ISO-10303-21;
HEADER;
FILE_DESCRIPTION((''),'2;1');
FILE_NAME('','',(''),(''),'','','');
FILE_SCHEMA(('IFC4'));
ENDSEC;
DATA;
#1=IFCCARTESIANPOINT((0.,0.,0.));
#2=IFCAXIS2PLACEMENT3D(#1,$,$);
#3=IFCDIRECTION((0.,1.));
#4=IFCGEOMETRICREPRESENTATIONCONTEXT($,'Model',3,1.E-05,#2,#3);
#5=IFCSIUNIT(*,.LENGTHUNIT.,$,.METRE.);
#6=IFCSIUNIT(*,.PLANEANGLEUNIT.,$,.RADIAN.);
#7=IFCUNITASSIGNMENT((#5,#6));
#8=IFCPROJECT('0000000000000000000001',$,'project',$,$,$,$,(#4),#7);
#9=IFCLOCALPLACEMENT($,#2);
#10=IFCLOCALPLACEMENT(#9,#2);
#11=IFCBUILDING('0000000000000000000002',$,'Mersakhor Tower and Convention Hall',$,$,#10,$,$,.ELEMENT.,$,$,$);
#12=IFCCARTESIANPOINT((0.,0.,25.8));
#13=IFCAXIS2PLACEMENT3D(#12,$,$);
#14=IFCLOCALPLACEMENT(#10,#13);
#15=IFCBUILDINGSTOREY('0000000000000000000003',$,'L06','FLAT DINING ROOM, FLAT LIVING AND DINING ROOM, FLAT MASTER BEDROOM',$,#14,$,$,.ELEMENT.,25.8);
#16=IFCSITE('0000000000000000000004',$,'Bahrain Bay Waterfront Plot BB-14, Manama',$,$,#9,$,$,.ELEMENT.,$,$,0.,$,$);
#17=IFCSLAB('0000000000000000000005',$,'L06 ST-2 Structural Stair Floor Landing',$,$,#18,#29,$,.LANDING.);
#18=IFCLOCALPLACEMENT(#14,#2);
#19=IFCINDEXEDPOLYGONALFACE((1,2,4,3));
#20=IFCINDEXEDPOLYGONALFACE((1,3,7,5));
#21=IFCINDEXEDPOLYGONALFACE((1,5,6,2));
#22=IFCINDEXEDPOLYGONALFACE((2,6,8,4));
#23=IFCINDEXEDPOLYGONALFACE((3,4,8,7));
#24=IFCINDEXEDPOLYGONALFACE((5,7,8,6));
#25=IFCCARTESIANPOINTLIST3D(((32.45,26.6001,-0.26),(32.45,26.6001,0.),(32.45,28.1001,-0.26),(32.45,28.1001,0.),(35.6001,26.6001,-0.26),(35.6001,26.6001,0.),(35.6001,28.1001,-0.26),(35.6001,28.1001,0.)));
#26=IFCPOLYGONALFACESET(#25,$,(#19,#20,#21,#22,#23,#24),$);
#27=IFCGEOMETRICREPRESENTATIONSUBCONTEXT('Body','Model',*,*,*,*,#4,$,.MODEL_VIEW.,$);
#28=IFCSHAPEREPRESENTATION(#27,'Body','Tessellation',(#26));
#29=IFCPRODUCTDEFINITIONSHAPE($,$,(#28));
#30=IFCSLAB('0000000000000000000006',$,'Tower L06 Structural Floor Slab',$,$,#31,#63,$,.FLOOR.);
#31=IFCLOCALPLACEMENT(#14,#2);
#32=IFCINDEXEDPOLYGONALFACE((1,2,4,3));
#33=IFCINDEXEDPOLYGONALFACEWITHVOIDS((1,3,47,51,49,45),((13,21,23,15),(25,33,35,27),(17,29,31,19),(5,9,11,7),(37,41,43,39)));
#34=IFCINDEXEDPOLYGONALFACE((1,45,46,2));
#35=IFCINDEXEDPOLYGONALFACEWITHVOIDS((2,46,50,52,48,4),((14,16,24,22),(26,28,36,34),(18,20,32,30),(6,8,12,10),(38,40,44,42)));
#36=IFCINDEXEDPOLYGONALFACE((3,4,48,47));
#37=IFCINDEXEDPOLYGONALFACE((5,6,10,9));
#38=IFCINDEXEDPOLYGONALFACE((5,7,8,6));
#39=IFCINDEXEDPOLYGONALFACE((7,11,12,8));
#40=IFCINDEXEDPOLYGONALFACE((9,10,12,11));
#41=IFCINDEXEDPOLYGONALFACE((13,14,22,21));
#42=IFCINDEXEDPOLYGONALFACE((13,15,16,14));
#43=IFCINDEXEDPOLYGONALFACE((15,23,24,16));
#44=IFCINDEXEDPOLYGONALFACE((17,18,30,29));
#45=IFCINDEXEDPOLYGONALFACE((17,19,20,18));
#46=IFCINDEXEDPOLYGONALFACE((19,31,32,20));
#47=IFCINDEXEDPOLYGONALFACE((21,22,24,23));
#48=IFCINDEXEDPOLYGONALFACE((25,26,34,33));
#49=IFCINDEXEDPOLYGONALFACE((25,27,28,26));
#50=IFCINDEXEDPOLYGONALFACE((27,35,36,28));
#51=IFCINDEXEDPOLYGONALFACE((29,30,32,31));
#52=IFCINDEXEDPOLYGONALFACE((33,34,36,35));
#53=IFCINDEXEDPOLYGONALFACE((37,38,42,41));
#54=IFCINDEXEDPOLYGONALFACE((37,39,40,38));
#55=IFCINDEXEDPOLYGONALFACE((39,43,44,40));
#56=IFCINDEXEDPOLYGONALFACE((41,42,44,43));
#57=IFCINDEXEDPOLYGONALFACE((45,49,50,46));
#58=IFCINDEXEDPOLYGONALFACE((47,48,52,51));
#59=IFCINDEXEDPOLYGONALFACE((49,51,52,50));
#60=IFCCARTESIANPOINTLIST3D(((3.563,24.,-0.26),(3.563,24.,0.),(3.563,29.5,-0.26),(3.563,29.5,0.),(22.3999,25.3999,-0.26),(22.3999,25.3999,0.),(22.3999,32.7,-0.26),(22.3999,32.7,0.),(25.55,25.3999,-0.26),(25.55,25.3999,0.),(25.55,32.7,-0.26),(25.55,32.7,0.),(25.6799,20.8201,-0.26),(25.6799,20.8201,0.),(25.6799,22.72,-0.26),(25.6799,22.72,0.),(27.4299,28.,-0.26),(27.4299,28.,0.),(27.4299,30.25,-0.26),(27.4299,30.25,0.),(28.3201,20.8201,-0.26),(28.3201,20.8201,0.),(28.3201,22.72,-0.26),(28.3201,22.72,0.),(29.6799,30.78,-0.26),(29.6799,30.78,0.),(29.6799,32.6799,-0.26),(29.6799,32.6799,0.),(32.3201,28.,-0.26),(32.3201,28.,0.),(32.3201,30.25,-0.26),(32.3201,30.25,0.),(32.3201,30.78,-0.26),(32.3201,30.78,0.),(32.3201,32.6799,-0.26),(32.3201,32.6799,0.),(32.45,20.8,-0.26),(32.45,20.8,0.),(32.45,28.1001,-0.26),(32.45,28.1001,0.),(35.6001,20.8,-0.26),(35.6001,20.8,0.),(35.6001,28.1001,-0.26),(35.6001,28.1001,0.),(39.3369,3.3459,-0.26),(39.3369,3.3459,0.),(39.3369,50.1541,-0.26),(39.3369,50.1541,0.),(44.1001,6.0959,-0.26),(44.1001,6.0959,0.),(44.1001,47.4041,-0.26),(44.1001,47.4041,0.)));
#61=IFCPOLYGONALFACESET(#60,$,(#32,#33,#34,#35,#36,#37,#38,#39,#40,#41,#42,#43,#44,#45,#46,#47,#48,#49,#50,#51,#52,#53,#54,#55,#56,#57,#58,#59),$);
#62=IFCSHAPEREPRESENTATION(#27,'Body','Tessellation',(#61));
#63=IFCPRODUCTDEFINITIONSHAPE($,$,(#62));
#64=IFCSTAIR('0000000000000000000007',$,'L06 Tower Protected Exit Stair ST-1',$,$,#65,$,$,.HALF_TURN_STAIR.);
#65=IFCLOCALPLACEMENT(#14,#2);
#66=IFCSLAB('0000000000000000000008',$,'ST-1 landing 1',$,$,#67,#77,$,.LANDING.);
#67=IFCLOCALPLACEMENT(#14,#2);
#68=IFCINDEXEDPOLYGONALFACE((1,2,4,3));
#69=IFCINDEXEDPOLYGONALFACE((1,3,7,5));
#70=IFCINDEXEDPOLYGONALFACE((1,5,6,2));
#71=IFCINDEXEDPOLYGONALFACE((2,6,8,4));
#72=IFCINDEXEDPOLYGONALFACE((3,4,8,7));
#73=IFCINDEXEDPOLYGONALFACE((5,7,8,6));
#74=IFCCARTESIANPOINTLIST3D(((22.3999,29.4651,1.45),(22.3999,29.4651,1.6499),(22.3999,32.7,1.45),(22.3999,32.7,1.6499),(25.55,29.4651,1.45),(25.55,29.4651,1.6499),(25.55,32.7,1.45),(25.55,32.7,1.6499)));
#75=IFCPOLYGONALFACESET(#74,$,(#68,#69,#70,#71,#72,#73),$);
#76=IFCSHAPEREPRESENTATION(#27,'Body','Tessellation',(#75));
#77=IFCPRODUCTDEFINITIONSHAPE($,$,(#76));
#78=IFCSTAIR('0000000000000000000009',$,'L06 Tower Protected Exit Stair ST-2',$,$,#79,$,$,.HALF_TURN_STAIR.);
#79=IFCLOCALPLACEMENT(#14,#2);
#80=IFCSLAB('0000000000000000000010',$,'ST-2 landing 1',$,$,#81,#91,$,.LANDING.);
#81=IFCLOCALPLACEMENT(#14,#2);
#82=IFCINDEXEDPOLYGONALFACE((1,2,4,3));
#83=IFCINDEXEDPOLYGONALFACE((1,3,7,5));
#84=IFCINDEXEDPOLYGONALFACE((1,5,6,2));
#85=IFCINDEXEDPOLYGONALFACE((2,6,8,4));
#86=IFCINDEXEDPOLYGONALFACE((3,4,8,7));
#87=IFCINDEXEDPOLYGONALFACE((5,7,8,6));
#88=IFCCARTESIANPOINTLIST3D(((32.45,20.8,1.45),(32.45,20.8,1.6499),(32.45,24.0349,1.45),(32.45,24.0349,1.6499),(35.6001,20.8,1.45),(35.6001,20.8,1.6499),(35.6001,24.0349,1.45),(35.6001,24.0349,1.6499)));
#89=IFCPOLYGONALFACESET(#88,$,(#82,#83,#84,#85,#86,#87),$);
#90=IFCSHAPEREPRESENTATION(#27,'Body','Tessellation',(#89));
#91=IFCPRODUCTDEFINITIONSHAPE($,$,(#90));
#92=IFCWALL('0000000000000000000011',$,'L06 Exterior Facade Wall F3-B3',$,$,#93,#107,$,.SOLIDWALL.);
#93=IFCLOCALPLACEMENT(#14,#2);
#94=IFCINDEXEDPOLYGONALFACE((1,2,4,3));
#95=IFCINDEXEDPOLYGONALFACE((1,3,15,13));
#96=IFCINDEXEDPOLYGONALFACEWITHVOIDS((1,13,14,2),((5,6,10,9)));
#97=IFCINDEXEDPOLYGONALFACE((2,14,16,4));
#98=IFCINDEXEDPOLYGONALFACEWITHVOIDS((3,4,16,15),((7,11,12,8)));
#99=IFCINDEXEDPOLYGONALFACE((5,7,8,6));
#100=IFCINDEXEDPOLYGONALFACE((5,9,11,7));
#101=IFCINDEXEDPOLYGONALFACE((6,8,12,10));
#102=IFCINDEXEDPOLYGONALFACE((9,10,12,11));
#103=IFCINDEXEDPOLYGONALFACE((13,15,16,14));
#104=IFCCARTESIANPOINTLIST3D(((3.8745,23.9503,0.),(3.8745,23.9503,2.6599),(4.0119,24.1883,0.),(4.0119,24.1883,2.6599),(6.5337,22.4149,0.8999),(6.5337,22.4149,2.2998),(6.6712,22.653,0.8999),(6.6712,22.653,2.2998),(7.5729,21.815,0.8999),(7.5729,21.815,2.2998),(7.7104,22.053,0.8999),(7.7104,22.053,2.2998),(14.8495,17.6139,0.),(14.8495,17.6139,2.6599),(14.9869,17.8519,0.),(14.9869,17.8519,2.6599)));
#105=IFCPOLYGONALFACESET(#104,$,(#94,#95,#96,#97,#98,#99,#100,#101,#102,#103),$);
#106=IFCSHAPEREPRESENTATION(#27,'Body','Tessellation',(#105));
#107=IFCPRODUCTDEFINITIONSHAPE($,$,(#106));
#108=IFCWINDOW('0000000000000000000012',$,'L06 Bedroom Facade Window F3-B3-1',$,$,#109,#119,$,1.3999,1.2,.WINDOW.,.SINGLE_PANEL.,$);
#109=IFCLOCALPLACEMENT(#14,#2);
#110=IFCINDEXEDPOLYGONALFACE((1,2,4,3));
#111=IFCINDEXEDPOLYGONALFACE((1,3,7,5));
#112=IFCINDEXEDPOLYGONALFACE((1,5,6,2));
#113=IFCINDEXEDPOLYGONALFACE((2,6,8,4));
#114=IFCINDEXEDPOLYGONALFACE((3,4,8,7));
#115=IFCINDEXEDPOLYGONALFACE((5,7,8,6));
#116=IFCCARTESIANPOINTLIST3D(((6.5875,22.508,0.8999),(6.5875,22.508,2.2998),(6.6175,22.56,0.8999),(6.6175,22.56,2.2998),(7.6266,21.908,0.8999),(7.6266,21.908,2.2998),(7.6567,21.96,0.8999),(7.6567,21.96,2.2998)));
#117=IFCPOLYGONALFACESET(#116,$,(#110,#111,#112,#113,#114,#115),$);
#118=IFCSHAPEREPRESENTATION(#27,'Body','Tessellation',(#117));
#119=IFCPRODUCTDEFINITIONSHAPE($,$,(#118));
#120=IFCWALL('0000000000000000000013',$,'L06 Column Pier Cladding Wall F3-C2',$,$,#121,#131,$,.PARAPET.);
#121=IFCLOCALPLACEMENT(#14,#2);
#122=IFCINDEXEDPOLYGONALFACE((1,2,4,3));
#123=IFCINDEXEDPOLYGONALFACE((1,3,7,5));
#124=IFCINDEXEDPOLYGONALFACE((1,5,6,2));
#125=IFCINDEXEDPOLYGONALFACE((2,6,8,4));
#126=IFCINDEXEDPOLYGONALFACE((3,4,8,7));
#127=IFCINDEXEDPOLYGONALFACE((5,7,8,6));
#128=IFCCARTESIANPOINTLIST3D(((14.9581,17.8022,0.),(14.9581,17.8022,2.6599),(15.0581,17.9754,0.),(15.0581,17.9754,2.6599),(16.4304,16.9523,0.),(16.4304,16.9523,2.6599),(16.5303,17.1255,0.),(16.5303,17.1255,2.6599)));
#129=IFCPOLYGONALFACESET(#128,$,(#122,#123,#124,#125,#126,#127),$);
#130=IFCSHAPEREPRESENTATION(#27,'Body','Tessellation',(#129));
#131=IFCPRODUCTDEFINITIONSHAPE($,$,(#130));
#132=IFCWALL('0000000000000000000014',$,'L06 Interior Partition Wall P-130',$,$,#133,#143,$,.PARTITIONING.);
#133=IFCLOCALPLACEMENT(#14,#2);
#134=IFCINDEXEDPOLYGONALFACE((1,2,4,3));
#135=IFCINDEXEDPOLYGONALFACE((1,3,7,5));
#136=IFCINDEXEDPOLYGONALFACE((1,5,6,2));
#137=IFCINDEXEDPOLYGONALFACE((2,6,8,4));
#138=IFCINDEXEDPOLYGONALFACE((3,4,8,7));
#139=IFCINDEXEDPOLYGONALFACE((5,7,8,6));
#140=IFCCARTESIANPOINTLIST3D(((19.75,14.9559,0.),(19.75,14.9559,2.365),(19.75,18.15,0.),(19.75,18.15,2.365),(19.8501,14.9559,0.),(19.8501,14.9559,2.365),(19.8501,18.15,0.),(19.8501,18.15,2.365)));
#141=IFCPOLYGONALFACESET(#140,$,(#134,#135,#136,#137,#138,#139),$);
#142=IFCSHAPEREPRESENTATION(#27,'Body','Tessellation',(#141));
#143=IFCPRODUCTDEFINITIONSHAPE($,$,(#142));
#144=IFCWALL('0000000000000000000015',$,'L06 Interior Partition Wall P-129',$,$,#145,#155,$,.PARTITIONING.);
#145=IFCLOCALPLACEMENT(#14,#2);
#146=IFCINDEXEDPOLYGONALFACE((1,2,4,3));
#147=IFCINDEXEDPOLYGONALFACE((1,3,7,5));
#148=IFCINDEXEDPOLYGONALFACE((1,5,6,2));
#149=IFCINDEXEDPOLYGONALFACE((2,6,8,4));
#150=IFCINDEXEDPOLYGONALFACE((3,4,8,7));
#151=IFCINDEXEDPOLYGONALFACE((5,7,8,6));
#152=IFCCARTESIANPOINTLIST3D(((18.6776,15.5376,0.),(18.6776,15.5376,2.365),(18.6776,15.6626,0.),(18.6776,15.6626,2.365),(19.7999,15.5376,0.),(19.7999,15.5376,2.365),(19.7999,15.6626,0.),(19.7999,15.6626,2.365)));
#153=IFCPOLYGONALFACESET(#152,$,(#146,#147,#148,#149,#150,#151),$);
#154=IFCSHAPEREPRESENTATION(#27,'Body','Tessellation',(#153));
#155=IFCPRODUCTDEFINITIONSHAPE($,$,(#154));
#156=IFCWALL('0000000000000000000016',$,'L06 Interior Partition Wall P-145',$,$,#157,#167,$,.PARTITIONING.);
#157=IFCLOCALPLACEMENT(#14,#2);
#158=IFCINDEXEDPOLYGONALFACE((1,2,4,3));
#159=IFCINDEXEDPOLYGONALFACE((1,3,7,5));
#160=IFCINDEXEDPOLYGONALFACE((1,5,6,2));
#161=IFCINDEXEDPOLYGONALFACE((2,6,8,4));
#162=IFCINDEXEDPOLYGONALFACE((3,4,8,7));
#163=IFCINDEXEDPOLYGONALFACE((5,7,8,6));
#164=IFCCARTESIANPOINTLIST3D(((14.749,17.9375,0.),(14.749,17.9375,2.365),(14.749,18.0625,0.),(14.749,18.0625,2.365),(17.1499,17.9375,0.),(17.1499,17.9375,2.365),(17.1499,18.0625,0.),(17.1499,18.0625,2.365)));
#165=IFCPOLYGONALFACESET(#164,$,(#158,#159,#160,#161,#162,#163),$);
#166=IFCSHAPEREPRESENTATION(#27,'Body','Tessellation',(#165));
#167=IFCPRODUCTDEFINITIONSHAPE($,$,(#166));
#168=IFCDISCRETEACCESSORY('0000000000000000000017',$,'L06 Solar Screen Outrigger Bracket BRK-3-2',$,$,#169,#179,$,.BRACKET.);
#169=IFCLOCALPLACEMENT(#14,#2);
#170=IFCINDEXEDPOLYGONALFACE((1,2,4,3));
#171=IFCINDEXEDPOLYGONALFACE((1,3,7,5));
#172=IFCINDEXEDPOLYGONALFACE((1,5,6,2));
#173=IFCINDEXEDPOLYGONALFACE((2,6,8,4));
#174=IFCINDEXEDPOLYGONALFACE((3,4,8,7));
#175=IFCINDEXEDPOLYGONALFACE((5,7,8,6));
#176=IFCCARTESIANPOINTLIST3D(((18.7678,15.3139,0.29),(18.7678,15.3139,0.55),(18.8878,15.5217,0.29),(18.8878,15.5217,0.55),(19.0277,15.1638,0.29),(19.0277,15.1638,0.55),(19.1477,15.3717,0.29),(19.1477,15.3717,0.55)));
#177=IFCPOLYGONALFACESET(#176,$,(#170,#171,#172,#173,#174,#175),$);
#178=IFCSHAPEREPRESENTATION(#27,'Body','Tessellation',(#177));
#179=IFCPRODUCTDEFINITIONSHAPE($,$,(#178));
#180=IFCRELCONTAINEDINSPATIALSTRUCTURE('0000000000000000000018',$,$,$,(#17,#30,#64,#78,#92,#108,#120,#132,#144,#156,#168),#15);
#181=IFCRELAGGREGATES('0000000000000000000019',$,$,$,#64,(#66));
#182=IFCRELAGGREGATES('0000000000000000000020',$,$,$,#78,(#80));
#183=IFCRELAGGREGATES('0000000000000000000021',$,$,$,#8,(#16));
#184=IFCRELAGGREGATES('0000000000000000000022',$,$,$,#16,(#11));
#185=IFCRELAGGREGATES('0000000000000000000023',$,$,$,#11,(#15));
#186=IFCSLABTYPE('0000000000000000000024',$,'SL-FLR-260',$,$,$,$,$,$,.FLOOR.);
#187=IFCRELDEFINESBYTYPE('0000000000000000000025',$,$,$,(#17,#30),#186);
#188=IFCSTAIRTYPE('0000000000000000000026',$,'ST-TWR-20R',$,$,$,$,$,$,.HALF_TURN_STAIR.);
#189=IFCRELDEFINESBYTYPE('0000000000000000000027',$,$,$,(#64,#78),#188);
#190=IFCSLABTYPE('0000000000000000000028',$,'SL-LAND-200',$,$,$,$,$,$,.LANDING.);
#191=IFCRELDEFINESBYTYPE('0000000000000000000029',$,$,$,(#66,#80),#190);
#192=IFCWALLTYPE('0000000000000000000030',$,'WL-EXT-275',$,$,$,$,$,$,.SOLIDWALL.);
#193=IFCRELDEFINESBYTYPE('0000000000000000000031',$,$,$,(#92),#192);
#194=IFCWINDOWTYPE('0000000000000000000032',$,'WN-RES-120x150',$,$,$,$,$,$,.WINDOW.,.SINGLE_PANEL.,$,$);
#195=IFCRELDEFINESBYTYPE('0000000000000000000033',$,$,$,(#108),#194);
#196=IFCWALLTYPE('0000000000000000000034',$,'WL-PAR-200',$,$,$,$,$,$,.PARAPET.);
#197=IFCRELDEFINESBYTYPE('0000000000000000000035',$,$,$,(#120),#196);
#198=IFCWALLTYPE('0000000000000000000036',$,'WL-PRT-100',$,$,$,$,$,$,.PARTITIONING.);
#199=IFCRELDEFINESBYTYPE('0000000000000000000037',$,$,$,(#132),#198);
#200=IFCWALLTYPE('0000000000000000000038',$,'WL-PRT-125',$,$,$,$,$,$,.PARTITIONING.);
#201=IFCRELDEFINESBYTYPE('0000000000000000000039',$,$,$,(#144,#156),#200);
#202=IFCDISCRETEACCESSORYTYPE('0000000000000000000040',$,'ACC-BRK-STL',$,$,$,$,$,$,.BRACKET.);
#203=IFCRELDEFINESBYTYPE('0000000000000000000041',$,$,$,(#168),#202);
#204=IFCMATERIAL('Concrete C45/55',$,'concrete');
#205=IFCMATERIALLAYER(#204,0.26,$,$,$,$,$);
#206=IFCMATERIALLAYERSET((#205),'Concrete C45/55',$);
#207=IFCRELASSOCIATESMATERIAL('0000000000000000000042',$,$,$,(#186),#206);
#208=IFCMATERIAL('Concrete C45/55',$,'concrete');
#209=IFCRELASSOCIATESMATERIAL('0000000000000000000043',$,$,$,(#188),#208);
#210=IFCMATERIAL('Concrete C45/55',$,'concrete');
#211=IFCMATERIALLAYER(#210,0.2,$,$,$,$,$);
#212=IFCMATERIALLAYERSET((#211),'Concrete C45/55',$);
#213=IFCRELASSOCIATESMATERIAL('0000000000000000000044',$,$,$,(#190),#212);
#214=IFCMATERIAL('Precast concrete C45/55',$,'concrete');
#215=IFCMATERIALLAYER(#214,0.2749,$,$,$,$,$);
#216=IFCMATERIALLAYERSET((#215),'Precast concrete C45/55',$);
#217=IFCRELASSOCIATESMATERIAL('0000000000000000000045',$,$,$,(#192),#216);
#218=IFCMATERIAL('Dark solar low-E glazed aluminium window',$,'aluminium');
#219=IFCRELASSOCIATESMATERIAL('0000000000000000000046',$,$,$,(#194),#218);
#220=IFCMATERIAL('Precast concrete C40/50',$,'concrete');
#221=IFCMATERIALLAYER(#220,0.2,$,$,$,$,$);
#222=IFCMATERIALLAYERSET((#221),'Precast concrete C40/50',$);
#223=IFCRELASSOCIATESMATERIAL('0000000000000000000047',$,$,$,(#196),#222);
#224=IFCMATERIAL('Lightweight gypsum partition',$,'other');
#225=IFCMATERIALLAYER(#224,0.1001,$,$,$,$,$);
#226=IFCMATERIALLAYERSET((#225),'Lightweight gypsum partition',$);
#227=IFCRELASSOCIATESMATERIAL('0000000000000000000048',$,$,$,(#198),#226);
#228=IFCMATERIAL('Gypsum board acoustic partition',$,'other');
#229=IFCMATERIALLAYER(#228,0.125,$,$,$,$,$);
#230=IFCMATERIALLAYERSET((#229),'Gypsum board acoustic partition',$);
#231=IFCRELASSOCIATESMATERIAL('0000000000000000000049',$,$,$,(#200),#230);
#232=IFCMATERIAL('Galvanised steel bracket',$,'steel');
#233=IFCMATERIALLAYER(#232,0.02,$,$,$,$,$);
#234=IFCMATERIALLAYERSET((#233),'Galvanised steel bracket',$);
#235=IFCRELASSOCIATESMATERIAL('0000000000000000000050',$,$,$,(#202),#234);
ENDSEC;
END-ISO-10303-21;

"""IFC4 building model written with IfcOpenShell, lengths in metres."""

from ifc_helpers import new_model, si_unit, direction, frame, frame_2d, origin, origin_2d, place, context, subcontext, project, spatial, polyline, rectangle, outline, extrude, material, layer, layer_set, type_object, element, fill, aggregate, save


model = new_model("IFC4")

# Units and contexts
model_context = context("Model", 3, precision=1e-05, world=origin(), true_north=direction((0.0, 1.0)))
body_context = subcontext(model_context, "Body", "Model", "MODEL_VIEW")
ifc_project = project(units=[si_unit("LENGTHUNIT", "METRE"), si_unit("PLANEANGLEUNIT", "RADIAN")], contexts=[model_context])

# Site, building, storey
site_placement = place(None, origin())
site = spatial("IfcSite", under=ifc_project, at=site_placement, Name="Bahrain Bay Waterfront Plot BB-14, Manama", CompositionType="ELEMENT", RefElevation=0.0)
building_placement = place(site_placement, origin())
building = spatial("IfcBuilding", under=site, at=building_placement, Name="Mersakhor Tower and Convention Hall", CompositionType="ELEMENT")
storey_placement = place(building_placement, frame((0.0, 0.0, 25.8)))
storey = spatial("IfcBuildingStorey", under=building, at=storey_placement, Name="L06", Description="FLAT DINING ROOM, FLAT LIVING AND DINING ROOM, FLAT MASTER BEDROOM", CompositionType="ELEMENT", Elevation=25.8)

# Slabs
ifc_material_1 = material(Name="Concrete C45/55", Category="concrete")
ifc_layer_1 = layer(ifc_material_1, 0.26)
ifc_layer_set_1 = layer_set([ifc_layer_1], Name="Concrete C45/55")
slab_type_1 = type_object("IfcSlabType", Name="SL-FLR-260", PredefinedType="FLOOR", material=ifc_layer_set_1)
slab_1_placement = place(storey_placement, frame((0.0, 0.0, -0.26)))
element("IfcSlab", 1, at=slab_1_placement, inside=storey, type_object=slab_type_1, Name="L06 ST-2 Structural Stair Floor Landing", PredefinedType="LANDING", context=body_context, shape_type="SweptSolid", body=[
    extrude(outline(polyline([(32.45, 28.1001), (32.45, 26.6001), (35.6001, 26.6001), (35.6001, 28.1001), (32.45, 28.1001)])), origin(), (0.0, 0.0, 1.0), 0.26),
])
slab_2_placement = place(storey_placement, frame((0.0, 0.0, -0.26)))
element("IfcSlab", 2, at=slab_2_placement, inside=storey, type_object=slab_type_1, Name="Tower L06 Structural Floor Slab", PredefinedType="FLOOR", context=body_context, shape_type="SweptSolid", body=[
    extrude(outline(polyline([(3.563, 29.5), (39.3369, 50.1541), (44.1001, 47.4041), (44.1001, 6.0959), (39.3369, 3.3459), (3.563, 24.0), (3.563, 29.5)]), holes=[polyline([(25.55, 25.3999), (25.55, 32.7), (22.3999, 32.7), (22.3999, 25.3999), (25.55, 25.3999)]), polyline([(32.45, 28.1001), (32.45, 20.8), (35.6001, 20.8), (35.6001, 28.1001), (32.45, 28.1001)]), polyline([(25.6799, 20.8201), (25.6799, 22.72), (28.3201, 22.72), (28.3201, 20.8201), (25.6799, 20.8201)]), polyline([(29.6799, 30.78), (29.6799, 32.6799), (32.3201, 32.6799), (32.3201, 30.78), (29.6799, 30.78)]), polyline([(27.4299, 28.0), (27.4299, 30.25), (32.3201, 30.25), (32.3201, 28.0), (27.4299, 28.0)])]), origin(), (0.0, 0.0, 1.0), 0.26),
])

# Stairs, slabs
ifc_material_2 = material(Name="Concrete C45/55", Category="concrete")
stair_type = type_object("IfcStairType", Name="ST-TWR-20R", PredefinedType="HALF_TURN_STAIR", material=ifc_material_2)
stair_1_placement = place(storey_placement, origin())
stair_1 = element("IfcStair", 3, at=stair_1_placement, inside=storey, type_object=stair_type, Name="L06 Tower Protected Exit Stair ST-1", PredefinedType="HALF_TURN_STAIR")
ifc_material_3 = material(Name="Concrete C45/55", Category="concrete")
ifc_layer_2 = layer(ifc_material_3, 0.2)
ifc_layer_set_2 = layer_set([ifc_layer_2], Name="Concrete C45/55")
slab_type_2 = type_object("IfcSlabType", Name="SL-LAND-200", PredefinedType="LANDING", material=ifc_layer_set_2)
slab_3_placement = place(storey_placement, frame((0.0, 0.0, 1.45)))
slab_3 = element("IfcSlab", 4, at=slab_3_placement, type_object=slab_type_2, Name="ST-1 landing 1", PredefinedType="LANDING", context=body_context, shape_type="SweptSolid", body=[
    extrude(outline(polyline([(25.55, 29.4651), (25.55, 32.7), (22.3999, 32.7), (22.3999, 29.4651), (25.55, 29.4651)])), origin(), (0.0, 0.0, 1.0), 0.2),
])
aggregate(stair_1, [slab_3])
stair_2_placement = place(storey_placement, origin())
stair_2 = element("IfcStair", 5, at=stair_2_placement, inside=storey, type_object=stair_type, Name="L06 Tower Protected Exit Stair ST-2", PredefinedType="HALF_TURN_STAIR")
slab_4_placement = place(storey_placement, frame((0.0, 0.0, 1.45)))
slab_4 = element("IfcSlab", 6, at=slab_4_placement, type_object=slab_type_2, Name="ST-2 landing 1", PredefinedType="LANDING", context=body_context, shape_type="SweptSolid", body=[
    extrude(outline(polyline([(32.45, 24.0349), (32.45, 20.8), (35.6001, 20.8), (35.6001, 24.0349), (32.45, 24.0349)])), origin(), (0.0, 0.0, 1.0), 0.2),
])
aggregate(stair_2, [slab_4])

# Wall, opening, window
ifc_material_4 = material(Name="Precast concrete C45/55", Category="concrete")
ifc_layer_3 = layer(ifc_material_4, 0.2749)
ifc_layer_set_3 = layer_set([ifc_layer_3], Name="Precast concrete C45/55")
wall_type_1 = type_object("IfcWallType", Name="WL-EXT-275", PredefinedType="SOLIDWALL", material=ifc_layer_set_3)
wall_1_placement = place(storey_placement, frame((14.9182, 17.7329, 0.0), z_axis=(0.0, 0.0, 1.0), x_axis=(-0.866027, 0.499997, 0.0)))
wall_1 = element("IfcWall", 7, at=wall_1_placement, inside=storey, type_object=wall_type_1, Name="L06 Exterior Facade Wall F3-B3", PredefinedType="SOLIDWALL", context=body_context, shape_type="SweptSolid", body=[
    extrude(rectangle(XDim=12.6729, YDim=0.2749, at=frame_2d((6.3364, 0.0))), origin(), (0.0, 0.0, 1.0), 2.6599),
])
opening_placement = place(wall_1_placement, frame((8.4021, 0.0, 0.8999)))
opening = element("IfcOpeningElement", 8, at=opening_placement, cuts=wall_1, PredefinedType="OPENING", context=body_context, shape_type="SweptSolid", body=[
    extrude(rectangle(XDim=1.2, YDim=1.3999, at=frame_2d((0.6001, 0.7))), frame((0.0, 0.1475, 0.0), z_axis=(0.0, -1.0, 0.0), x_axis=(1.0, 0.0, 0.0)), (0.0, 0.0, 1.0), 0.2949),
])
ifc_material_5 = material(Name="Dark solar low-E glazed aluminium window", Category="aluminium")
window_type = type_object("IfcWindowType", Name="WN-RES-120x150", PartitioningType="SINGLE_PANEL", PredefinedType="WINDOW", material=ifc_material_5)
window_placement = place(opening_placement, origin())
window = element("IfcWindow", 9, at=window_placement, inside=storey, type_object=window_type, Name="L06 Bedroom Facade Window F3-B3-1", OverallHeight=1.3999, OverallWidth=1.2, PartitioningType="SINGLE_PANEL", PredefinedType="WINDOW", context=body_context, shape_type="SweptSolid", body=[
    extrude(rectangle(XDim=1.2, YDim=1.3999, at=frame_2d((0.6001, 0.7))), frame((0.0, 0.03, 0.0), z_axis=(0.0, -1.0, 0.0), x_axis=(1.0, 0.0, 0.0)), (0.0, 0.0, 1.0), 0.0601),
])
fill(opening, window)

# Walls
ifc_material_6 = material(Name="Precast concrete C40/50", Category="concrete")
ifc_layer_4 = layer(ifc_material_6, 0.2)
ifc_layer_set_4 = layer_set([ifc_layer_4], Name="Precast concrete C40/50")
wall_type_2 = type_object("IfcWallType", Name="WL-PAR-200", PredefinedType="PARAPET", material=ifc_layer_set_4)
wall_2_placement = place(storey_placement, frame((16.4805, 17.0388, 0.0), z_axis=(0.0, 0.0, 1.0), x_axis=(-0.866052, 0.499955, 0.0)))
element("IfcWall", 10, at=wall_2_placement, inside=storey, type_object=wall_type_2, Name="L06 Column Pier Cladding Wall F3-C2", PredefinedType="PARAPET", context=body_context, shape_type="SweptSolid", body=[
    extrude(rectangle(XDim=1.7, YDim=0.2, at=frame_2d((0.8501, 0.0))), origin(), (0.0, 0.0, 1.0), 2.6599),
])
ifc_material_7 = material(Name="Lightweight gypsum partition", Category="other")
ifc_layer_5 = layer(ifc_material_7, 0.1001)
ifc_layer_set_5 = layer_set([ifc_layer_5], Name="Lightweight gypsum partition")
wall_type_3 = type_object("IfcWallType", Name="WL-PRT-100", PredefinedType="PARTITIONING", material=ifc_layer_set_5)
wall_3_placement = place(storey_placement, frame((19.8, 14.9558, 0.0), z_axis=(0.0, 0.0, 1.0), x_axis=(0.0, 1.0, 0.0)))
element("IfcWall", 11, at=wall_3_placement, inside=storey, type_object=wall_type_3, Name="L06 Interior Partition Wall P-130", PredefinedType="PARTITIONING", context=body_context, shape_type="SweptSolid", body=[
    extrude(rectangle(XDim=3.1941, YDim=0.1001, at=frame_2d((1.5972, 0.0))), origin(), (0.0, 0.0, 1.0), 2.365),
])
ifc_material_8 = material(Name="Gypsum board acoustic partition", Category="other")
ifc_layer_6 = layer(ifc_material_8, 0.125)
ifc_layer_set_6 = layer_set([ifc_layer_6], Name="Gypsum board acoustic partition")
wall_type_4 = type_object("IfcWallType", Name="WL-PRT-125", PredefinedType="PARTITIONING", material=ifc_layer_set_6)
wall_4_placement = place(storey_placement, frame((18.6777, 15.6001, 0.0), z_axis=(0.0, 0.0, 1.0), x_axis=(1.0, 0.0, 0.0)))
element("IfcWall", 12, at=wall_4_placement, inside=storey, type_object=wall_type_4, Name="L06 Interior Partition Wall P-129", PredefinedType="PARTITIONING", context=body_context, shape_type="SweptSolid", body=[
    extrude(rectangle(XDim=1.1223, YDim=0.125, at=frame_2d((0.561, 0.0))), origin(), (0.0, 0.0, 1.0), 2.365),
])
wall_5_placement = place(storey_placement, frame((17.1499, 18.0, 0.0), z_axis=(0.0, 0.0, 1.0), x_axis=(-1.0, 0.0, 0.0)))
element("IfcWall", 13, at=wall_5_placement, inside=storey, type_object=wall_type_4, Name="L06 Interior Partition Wall P-145", PredefinedType="PARTITIONING", context=body_context, shape_type="SweptSolid", body=[
    extrude(rectangle(XDim=2.4009, YDim=0.125, at=frame_2d((1.2004, 0.0))), origin(), (0.0, 0.0, 1.0), 2.365),
])

# Discrete accessory
ifc_material_9 = material(Name="Galvanised steel bracket", Category="steel")
ifc_layer_7 = layer(ifc_material_9, 0.02)
ifc_layer_set_7 = layer_set([ifc_layer_7], Name="Galvanised steel bracket")
discrete_accessory_type = type_object("IfcDiscreteAccessoryType", Name="ACC-BRK-STL", PredefinedType="BRACKET", material=ifc_layer_set_7)
discrete_accessory_1_placement = place(storey_placement, frame((18.9578, 15.3428, 0.29), z_axis=(0.0, 0.0, 1.0), x_axis=(-0.866025, 0.5, 0.0)))
element("IfcDiscreteAccessory", 14, at=discrete_accessory_1_placement, inside=storey, type_object=discrete_accessory_type, Name="L06 Solar Screen Outrigger Bracket BRK-3-2", PredefinedType="BRACKET", context=body_context, shape_type="SweptSolid", body=[
    extrude(rectangle(XDim=0.3, YDim=0.24, at=origin_2d()), origin(), (0.0, 0.0, 1.0), 0.26),
])

save(model, "model.ifc")
